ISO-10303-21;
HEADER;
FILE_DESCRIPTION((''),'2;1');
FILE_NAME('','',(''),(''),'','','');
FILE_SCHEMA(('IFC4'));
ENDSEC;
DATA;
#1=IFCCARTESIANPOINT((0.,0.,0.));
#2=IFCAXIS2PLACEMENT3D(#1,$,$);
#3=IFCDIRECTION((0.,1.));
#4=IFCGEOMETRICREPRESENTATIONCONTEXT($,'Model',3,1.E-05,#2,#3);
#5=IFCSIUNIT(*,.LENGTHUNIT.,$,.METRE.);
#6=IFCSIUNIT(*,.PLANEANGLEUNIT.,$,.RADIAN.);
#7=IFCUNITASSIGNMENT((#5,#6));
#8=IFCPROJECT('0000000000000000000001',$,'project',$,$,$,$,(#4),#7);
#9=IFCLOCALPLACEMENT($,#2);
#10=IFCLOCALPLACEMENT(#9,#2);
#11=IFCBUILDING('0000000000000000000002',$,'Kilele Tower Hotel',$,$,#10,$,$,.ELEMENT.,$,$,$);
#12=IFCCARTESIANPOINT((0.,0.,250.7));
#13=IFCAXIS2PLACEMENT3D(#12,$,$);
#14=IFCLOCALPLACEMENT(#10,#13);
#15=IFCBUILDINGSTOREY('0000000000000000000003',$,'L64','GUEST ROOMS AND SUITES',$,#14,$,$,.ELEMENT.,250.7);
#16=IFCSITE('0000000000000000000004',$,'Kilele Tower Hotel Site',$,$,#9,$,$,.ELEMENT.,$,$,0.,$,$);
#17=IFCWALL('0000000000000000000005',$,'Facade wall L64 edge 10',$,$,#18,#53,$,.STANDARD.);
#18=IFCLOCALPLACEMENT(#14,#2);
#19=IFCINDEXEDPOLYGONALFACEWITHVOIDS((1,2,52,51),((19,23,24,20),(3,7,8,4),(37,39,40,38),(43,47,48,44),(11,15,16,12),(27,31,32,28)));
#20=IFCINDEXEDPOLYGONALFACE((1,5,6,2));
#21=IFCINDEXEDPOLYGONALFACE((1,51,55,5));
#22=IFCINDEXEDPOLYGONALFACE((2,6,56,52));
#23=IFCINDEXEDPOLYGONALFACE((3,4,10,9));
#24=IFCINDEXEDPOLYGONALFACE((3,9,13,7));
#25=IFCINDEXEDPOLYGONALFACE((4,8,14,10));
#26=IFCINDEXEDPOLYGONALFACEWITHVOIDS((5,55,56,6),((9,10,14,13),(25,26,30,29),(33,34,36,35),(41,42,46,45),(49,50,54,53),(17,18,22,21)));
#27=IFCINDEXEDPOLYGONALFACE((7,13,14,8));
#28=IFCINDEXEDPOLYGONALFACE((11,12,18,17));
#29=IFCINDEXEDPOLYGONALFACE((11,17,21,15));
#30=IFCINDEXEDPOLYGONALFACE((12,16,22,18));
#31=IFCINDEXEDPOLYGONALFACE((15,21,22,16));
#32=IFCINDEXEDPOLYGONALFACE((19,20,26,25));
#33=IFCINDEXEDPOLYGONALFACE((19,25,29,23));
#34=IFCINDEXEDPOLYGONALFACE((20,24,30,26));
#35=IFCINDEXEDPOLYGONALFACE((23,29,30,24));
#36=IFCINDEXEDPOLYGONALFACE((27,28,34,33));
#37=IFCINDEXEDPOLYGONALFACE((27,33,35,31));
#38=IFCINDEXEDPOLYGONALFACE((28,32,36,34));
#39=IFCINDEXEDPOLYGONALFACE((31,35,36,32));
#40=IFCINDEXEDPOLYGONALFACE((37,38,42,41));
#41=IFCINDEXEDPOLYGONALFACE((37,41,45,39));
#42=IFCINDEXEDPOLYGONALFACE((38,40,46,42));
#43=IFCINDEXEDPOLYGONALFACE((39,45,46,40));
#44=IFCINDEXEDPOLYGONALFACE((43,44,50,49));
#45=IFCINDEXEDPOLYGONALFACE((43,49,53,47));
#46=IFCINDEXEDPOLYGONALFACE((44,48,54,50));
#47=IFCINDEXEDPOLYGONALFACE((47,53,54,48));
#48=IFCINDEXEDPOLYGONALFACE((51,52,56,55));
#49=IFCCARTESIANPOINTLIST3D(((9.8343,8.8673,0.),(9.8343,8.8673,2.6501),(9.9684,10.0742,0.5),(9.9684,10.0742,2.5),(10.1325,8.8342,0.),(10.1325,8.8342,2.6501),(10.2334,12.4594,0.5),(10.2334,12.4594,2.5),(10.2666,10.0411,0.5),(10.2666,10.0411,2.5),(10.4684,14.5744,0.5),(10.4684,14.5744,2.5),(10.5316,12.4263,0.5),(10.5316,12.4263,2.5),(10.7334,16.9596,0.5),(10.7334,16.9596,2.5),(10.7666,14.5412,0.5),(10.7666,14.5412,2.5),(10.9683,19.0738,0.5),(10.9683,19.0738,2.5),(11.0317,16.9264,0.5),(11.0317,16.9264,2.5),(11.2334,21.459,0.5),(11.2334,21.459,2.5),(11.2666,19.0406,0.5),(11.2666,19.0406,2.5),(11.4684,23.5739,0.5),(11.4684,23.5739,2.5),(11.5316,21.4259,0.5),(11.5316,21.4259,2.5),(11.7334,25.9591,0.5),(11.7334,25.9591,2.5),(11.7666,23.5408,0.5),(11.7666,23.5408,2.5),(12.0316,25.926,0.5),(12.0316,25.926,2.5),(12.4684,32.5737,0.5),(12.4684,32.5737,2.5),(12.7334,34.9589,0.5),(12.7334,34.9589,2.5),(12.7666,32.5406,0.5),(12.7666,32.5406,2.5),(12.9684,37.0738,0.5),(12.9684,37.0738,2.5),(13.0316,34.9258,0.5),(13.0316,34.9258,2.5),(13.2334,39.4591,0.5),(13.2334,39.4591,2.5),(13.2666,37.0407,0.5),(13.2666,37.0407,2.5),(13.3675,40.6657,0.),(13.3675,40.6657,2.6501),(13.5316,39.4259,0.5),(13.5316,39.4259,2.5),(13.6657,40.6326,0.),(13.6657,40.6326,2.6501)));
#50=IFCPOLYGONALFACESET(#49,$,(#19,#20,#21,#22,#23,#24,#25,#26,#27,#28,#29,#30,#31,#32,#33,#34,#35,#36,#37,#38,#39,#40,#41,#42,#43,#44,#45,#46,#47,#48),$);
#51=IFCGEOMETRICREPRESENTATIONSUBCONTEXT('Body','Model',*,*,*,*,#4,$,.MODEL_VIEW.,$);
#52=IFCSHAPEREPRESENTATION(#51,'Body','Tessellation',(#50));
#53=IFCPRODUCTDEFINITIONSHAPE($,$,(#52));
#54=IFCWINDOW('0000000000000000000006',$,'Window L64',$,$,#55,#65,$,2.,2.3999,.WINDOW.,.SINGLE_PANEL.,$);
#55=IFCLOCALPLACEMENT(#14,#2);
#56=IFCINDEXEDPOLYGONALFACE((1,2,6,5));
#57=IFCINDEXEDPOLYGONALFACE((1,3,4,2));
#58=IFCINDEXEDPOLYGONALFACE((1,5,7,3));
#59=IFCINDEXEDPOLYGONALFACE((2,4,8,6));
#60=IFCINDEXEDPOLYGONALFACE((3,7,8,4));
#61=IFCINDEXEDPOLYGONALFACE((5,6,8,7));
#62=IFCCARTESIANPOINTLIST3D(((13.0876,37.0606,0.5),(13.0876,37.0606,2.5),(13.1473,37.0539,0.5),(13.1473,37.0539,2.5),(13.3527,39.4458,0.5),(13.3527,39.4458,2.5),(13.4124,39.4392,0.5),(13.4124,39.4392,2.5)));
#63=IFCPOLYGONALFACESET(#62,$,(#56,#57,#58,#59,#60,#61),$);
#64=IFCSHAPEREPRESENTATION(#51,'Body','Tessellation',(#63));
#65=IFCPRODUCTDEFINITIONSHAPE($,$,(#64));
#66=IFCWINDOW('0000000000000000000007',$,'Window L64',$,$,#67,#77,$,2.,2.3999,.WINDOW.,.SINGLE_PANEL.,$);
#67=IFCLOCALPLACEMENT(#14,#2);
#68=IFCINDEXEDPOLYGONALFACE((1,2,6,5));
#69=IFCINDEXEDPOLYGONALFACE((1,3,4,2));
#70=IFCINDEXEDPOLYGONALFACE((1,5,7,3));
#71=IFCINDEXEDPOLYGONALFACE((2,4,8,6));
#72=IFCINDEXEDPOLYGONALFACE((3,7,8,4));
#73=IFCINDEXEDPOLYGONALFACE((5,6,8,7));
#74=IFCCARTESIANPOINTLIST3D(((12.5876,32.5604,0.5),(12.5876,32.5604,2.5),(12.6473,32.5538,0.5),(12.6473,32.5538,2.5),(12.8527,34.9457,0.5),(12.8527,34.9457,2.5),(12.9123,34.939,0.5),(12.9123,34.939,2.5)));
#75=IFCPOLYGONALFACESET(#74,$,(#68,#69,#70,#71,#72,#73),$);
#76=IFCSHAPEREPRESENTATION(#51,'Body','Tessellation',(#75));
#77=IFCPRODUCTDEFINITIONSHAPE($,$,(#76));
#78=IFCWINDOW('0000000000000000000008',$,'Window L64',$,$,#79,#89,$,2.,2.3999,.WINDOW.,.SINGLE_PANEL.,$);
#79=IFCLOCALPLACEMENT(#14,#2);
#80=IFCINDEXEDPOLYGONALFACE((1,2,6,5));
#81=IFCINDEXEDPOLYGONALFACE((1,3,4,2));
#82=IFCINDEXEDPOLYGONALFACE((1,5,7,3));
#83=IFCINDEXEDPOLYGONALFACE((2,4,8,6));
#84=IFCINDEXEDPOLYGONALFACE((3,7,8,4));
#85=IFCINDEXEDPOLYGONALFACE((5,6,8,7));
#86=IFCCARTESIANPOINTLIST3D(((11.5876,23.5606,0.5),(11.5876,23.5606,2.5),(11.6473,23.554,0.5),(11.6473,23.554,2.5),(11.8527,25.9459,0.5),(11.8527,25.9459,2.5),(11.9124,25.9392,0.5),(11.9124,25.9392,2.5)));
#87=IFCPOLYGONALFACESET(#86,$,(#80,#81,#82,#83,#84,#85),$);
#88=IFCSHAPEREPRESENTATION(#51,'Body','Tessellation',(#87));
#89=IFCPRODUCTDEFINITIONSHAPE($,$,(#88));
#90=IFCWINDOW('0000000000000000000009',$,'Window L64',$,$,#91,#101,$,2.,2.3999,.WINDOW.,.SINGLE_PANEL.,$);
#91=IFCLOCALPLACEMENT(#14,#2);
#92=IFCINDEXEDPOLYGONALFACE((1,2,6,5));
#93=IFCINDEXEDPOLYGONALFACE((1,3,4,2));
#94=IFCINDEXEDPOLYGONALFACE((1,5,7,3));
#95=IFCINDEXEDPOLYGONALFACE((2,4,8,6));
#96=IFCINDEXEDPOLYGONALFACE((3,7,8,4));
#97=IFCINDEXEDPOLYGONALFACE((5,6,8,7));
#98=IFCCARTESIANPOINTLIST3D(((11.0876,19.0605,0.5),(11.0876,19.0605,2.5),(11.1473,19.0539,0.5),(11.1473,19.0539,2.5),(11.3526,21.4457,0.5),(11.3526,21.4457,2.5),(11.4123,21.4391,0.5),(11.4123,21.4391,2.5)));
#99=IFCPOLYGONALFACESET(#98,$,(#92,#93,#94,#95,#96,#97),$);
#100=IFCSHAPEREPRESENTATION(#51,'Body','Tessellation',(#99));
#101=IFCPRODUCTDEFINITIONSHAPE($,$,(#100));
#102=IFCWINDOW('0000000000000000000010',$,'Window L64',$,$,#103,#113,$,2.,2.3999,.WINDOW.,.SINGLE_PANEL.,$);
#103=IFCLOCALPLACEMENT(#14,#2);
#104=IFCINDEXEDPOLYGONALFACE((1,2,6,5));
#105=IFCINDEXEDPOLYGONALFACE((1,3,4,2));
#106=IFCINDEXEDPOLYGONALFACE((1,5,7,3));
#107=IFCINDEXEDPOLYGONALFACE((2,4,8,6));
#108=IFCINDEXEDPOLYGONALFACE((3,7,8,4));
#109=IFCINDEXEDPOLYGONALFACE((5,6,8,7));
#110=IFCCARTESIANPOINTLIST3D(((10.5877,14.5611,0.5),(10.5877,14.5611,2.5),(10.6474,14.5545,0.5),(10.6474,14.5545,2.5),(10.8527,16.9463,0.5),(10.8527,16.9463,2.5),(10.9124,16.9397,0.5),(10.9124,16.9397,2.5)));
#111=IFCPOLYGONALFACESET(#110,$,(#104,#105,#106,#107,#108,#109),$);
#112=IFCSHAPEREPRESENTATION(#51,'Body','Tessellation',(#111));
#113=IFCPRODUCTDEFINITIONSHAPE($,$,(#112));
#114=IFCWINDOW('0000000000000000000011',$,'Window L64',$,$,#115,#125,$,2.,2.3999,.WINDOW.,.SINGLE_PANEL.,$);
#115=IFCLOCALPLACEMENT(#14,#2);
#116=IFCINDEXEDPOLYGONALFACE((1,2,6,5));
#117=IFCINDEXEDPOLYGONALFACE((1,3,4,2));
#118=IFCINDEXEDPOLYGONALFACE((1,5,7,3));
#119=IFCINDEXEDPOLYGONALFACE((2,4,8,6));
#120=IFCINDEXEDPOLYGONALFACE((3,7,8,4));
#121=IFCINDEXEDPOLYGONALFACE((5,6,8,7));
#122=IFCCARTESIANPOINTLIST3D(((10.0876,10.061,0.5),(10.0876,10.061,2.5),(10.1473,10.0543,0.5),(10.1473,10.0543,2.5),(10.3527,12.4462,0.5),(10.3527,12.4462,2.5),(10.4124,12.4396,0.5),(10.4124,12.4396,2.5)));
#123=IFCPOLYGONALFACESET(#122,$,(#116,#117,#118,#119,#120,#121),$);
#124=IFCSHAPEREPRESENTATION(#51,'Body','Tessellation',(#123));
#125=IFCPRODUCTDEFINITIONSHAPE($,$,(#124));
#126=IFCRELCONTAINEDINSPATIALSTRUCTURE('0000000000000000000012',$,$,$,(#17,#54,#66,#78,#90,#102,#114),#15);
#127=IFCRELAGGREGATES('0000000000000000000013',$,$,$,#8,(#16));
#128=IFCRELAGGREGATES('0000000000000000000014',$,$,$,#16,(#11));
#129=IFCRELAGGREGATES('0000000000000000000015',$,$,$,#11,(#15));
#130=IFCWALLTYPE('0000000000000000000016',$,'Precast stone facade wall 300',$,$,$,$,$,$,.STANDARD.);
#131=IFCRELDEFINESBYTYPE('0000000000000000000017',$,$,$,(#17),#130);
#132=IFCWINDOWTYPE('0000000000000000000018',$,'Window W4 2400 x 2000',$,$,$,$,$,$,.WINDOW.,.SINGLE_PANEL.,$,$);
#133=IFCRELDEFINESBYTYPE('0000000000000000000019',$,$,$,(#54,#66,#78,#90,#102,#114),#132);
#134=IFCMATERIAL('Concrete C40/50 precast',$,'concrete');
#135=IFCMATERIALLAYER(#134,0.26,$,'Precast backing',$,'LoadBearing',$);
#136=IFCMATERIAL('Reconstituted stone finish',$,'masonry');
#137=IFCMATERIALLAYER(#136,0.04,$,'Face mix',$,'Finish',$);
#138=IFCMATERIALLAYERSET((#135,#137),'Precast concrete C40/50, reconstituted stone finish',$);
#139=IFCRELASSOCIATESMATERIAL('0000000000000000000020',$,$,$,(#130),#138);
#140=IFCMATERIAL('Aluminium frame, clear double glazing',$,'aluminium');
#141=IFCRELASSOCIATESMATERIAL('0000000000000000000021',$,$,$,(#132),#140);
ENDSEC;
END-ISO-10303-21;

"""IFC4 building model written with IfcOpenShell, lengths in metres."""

from ifc_helpers import new_model, si_unit, direction, frame, frame_2d, origin, place, context, subcontext, project, spatial, rectangle, extrude, material, layer, layer_set, type_object, element, fill, save


model = new_model("IFC4")

# Units and contexts
model_context = context("Model", 3, precision=1e-05, world=origin(), true_north=direction((0.0, 1.0)))
body_context = subcontext(model_context, "Body", "Model", "MODEL_VIEW")
ifc_project = project(units=[si_unit("LENGTHUNIT", "METRE"), si_unit("PLANEANGLEUNIT", "RADIAN")], contexts=[model_context])

# Site, building, storey
site_placement = place(None, origin())
site = spatial("IfcSite", under=ifc_project, at=site_placement, Name="Kilele Tower Hotel Site", CompositionType="ELEMENT", RefElevation=0.0)
building_placement = place(site_placement, origin())
building = spatial("IfcBuilding", under=site, at=building_placement, Name="Kilele Tower Hotel", CompositionType="ELEMENT")
storey_placement = place(building_placement, frame((0.0, 0.0, 250.7)))
storey = spatial("IfcBuildingStorey", under=building, at=storey_placement, Name="L64", Description="GUEST ROOMS AND SUITES", CompositionType="ELEMENT", Elevation=250.7)

# Wall, openings, windows
ifc_material_1 = material(Name="Concrete C40/50 precast", Category="concrete")
ifc_layer_1 = layer(ifc_material_1, 0.26, Name="Precast backing", Category="LoadBearing")
ifc_material_2 = material(Name="Reconstituted stone finish", Category="masonry")
ifc_layer_2 = layer(ifc_material_2, 0.04, Name="Face mix", Category="Finish")
ifc_layer_set_1 = layer_set([ifc_layer_1, ifc_layer_2], Name="Precast concrete C40/50, reconstituted stone finish")
wall_type_1 = type_object("IfcWallType", Name="Precast stone facade wall 300", PredefinedType="STANDARD", material=ifc_layer_set_1)
wall_1_placement = place(storey_placement, frame((13.5166, 40.6492, 0.0), z_axis=(0.0, 0.0, 1.0), x_axis=(-0.110433, -0.993884, 0.0)))
wall_1 = element("IfcWall", 1, at=wall_1_placement, inside=storey, type_object=wall_type_1, Name="Facade wall L64 edge 10", PredefinedType="STANDARD", context=body_context, shape_type="SweptSolid", body=[
    extrude(rectangle(XDim=31.9941, YDim=0.3, at=frame_2d((15.9971, 0.0))), origin(), (0.0, 0.0, 1.0), 2.6501),
])
opening_1_placement = place(wall_1_placement, frame((1.2141, 0.0, 0.5)))
opening_1 = element("IfcOpeningElement", 2, at=opening_1_placement, cuts=wall_1, PredefinedType="OPENING", context=body_context, shape_type="SweptSolid", body=[
    extrude(rectangle(XDim=2.3999, YDim=2.0, at=frame_2d((1.2, 1.0))), frame((0.0, 0.1599, 0.0), z_axis=(0.0, -1.0, 0.0), x_axis=(1.0, 0.0, 0.0)), (0.0, 0.0, 1.0), 0.3201),
])
opening_2_placement = place(wall_1_placement, frame((5.7419, 0.0, 0.5)))
opening_2 = element("IfcOpeningElement", 3, at=opening_2_placement, cuts=wall_1, PredefinedType="OPENING", context=body_context, shape_type="SweptSolid", body=[
    extrude(rectangle(XDim=2.3999, YDim=2.0, at=frame_2d((1.2, 1.0))), frame((0.0, 0.1599, 0.0), z_axis=(0.0, -1.0, 0.0), x_axis=(1.0, 0.0, 0.0)), (0.0, 0.0, 1.0), 0.3201),
])
opening_3_placement = place(wall_1_placement, frame((14.7971, 0.0, 0.5)))
opening_3 = element("IfcOpeningElement", 4, at=opening_3_placement, cuts=wall_1, PredefinedType="OPENING", context=body_context, shape_type="SweptSolid", body=[
    extrude(rectangle(XDim=2.3999, YDim=2.0, at=frame_2d((1.2, 1.0))), frame((0.0, 0.1599, 0.0), z_axis=(0.0, -1.0, 0.0), x_axis=(1.0, 0.0, 0.0)), (0.0, 0.0, 1.0), 0.3201),
])
opening_4_placement = place(wall_1_placement, frame((19.325, 0.0, 0.5)))
opening_4 = element("IfcOpeningElement", 5, at=opening_4_placement, cuts=wall_1, PredefinedType="OPENING", context=body_context, shape_type="SweptSolid", body=[
    extrude(rectangle(XDim=2.3999, YDim=2.0, at=frame_2d((1.2, 1.0))), frame((0.0, 0.1599, 0.0), z_axis=(0.0, -1.0, 0.0), x_axis=(1.0, 0.0, 0.0)), (0.0, 0.0, 1.0), 0.3201),
])
opening_5_placement = place(wall_1_placement, frame((23.8521, 0.0, 0.5)))
opening_5 = element("IfcOpeningElement", 6, at=opening_5_placement, cuts=wall_1, PredefinedType="OPENING", context=body_context, shape_type="SweptSolid", body=[
    extrude(rectangle(XDim=2.3999, YDim=2.0, at=frame_2d((1.2, 1.0))), frame((0.0, 0.1599, 0.0), z_axis=(0.0, -1.0, 0.0), x_axis=(1.0, 0.0, 0.0)), (0.0, 0.0, 1.0), 0.3201),
])
opening_6_placement = place(wall_1_placement, frame((28.3799, 0.0, 0.5)))
opening_6 = element("IfcOpeningElement", 7, at=opening_6_placement, cuts=wall_1, PredefinedType="OPENING", context=body_context, shape_type="SweptSolid", body=[
    extrude(rectangle(XDim=2.3999, YDim=2.0, at=frame_2d((1.2, 1.0))), frame((0.0, 0.1599, 0.0), z_axis=(0.0, -1.0, 0.0), x_axis=(1.0, 0.0, 0.0)), (0.0, 0.0, 1.0), 0.3201),
])
ifc_material_3 = material(Name="Aluminium frame, clear double glazing", Category="aluminium")
window_type = type_object("IfcWindowType", Name="Window W4 2400 x 2000", PartitioningType="SINGLE_PANEL", PredefinedType="WINDOW", material=ifc_material_3)
window_1_placement = place(opening_1_placement, origin())
window_1 = element("IfcWindow", 8, at=window_1_placement, inside=storey, type_object=window_type, Name="Window L64", OverallHeight=2.0, OverallWidth=2.3999, PartitioningType="SINGLE_PANEL", PredefinedType="WINDOW", context=body_context, shape_type="SweptSolid", body=[
    extrude(rectangle(XDim=2.3999, YDim=2.0, at=frame_2d((1.2, 1.0))), frame((0.0, 0.03, 0.0), z_axis=(0.0, -1.0, 0.0), x_axis=(1.0, 0.0, 0.0)), (0.0, 0.0, 1.0), 0.0601),
])
fill(opening_1, window_1)
window_2_placement = place(opening_2_placement, origin())
window_2 = element("IfcWindow", 9, at=window_2_placement, inside=storey, type_object=window_type, Name="Window L64", OverallHeight=2.0, OverallWidth=2.3999, PartitioningType="SINGLE_PANEL", PredefinedType="WINDOW", context=body_context, shape_type="SweptSolid", body=[
    extrude(rectangle(XDim=2.3999, YDim=2.0, at=frame_2d((1.2, 1.0))), frame((0.0, 0.03, 0.0), z_axis=(0.0, -1.0, 0.0), x_axis=(1.0, 0.0, 0.0)), (0.0, 0.0, 1.0), 0.0601),
])
fill(opening_2, window_2)
window_3_placement = place(opening_3_placement, origin())
window_3 = element("IfcWindow", 10, at=window_3_placement, inside=storey, type_object=window_type, Name="Window L64", OverallHeight=2.0, OverallWidth=2.3999, PartitioningType="SINGLE_PANEL", PredefinedType="WINDOW", context=body_context, shape_type="SweptSolid", body=[
    extrude(rectangle(XDim=2.3999, YDim=2.0, at=frame_2d((1.2, 1.0))), frame((0.0, 0.03, 0.0), z_axis=(0.0, -1.0, 0.0), x_axis=(1.0, 0.0, 0.0)), (0.0, 0.0, 1.0), 0.0601),
])
fill(opening_3, window_3)
window_4_placement = place(opening_4_placement, origin())
window_4 = element("IfcWindow", 11, at=window_4_placement, inside=storey, type_object=window_type, Name="Window L64", OverallHeight=2.0, OverallWidth=2.3999, PartitioningType="SINGLE_PANEL", PredefinedType="WINDOW", context=body_context, shape_type="SweptSolid", body=[
    extrude(rectangle(XDim=2.3999, YDim=2.0, at=frame_2d((1.2, 1.0))), frame((0.0, 0.03, 0.0), z_axis=(0.0, -1.0, 0.0), x_axis=(1.0, 0.0, 0.0)), (0.0, 0.0, 1.0), 0.0601),
])
fill(opening_4, window_4)
window_5_placement = place(opening_5_placement, origin())
window_5 = element("IfcWindow", 12, at=window_5_placement, inside=storey, type_object=window_type, Name="Window L64", OverallHeight=2.0, OverallWidth=2.3999, PartitioningType="SINGLE_PANEL", PredefinedType="WINDOW", context=body_context, shape_type="SweptSolid", body=[
    extrude(rectangle(XDim=2.3999, YDim=2.0, at=frame_2d((1.2, 1.0))), frame((0.0, 0.03, 0.0), z_axis=(0.0, -1.0, 0.0), x_axis=(1.0, 0.0, 0.0)), (0.0, 0.0, 1.0), 0.0601),
])
fill(opening_5, window_5)
window_6_placement = place(opening_6_placement, origin())
window_6 = element("IfcWindow", 13, at=window_6_placement, inside=storey, type_object=window_type, Name="Window L64", OverallHeight=2.0, OverallWidth=2.3999, PartitioningType="SINGLE_PANEL", PredefinedType="WINDOW", context=body_context, shape_type="SweptSolid", body=[
    extrude(rectangle(XDim=2.3999, YDim=2.0, at=frame_2d((1.2, 1.0))), frame((0.0, 0.03, 0.0), z_axis=(0.0, -1.0, 0.0), x_axis=(1.0, 0.0, 0.0)), (0.0, 0.0, 1.0), 0.0601),
])
fill(opening_6, window_6)

save(model, "model.ifc")
